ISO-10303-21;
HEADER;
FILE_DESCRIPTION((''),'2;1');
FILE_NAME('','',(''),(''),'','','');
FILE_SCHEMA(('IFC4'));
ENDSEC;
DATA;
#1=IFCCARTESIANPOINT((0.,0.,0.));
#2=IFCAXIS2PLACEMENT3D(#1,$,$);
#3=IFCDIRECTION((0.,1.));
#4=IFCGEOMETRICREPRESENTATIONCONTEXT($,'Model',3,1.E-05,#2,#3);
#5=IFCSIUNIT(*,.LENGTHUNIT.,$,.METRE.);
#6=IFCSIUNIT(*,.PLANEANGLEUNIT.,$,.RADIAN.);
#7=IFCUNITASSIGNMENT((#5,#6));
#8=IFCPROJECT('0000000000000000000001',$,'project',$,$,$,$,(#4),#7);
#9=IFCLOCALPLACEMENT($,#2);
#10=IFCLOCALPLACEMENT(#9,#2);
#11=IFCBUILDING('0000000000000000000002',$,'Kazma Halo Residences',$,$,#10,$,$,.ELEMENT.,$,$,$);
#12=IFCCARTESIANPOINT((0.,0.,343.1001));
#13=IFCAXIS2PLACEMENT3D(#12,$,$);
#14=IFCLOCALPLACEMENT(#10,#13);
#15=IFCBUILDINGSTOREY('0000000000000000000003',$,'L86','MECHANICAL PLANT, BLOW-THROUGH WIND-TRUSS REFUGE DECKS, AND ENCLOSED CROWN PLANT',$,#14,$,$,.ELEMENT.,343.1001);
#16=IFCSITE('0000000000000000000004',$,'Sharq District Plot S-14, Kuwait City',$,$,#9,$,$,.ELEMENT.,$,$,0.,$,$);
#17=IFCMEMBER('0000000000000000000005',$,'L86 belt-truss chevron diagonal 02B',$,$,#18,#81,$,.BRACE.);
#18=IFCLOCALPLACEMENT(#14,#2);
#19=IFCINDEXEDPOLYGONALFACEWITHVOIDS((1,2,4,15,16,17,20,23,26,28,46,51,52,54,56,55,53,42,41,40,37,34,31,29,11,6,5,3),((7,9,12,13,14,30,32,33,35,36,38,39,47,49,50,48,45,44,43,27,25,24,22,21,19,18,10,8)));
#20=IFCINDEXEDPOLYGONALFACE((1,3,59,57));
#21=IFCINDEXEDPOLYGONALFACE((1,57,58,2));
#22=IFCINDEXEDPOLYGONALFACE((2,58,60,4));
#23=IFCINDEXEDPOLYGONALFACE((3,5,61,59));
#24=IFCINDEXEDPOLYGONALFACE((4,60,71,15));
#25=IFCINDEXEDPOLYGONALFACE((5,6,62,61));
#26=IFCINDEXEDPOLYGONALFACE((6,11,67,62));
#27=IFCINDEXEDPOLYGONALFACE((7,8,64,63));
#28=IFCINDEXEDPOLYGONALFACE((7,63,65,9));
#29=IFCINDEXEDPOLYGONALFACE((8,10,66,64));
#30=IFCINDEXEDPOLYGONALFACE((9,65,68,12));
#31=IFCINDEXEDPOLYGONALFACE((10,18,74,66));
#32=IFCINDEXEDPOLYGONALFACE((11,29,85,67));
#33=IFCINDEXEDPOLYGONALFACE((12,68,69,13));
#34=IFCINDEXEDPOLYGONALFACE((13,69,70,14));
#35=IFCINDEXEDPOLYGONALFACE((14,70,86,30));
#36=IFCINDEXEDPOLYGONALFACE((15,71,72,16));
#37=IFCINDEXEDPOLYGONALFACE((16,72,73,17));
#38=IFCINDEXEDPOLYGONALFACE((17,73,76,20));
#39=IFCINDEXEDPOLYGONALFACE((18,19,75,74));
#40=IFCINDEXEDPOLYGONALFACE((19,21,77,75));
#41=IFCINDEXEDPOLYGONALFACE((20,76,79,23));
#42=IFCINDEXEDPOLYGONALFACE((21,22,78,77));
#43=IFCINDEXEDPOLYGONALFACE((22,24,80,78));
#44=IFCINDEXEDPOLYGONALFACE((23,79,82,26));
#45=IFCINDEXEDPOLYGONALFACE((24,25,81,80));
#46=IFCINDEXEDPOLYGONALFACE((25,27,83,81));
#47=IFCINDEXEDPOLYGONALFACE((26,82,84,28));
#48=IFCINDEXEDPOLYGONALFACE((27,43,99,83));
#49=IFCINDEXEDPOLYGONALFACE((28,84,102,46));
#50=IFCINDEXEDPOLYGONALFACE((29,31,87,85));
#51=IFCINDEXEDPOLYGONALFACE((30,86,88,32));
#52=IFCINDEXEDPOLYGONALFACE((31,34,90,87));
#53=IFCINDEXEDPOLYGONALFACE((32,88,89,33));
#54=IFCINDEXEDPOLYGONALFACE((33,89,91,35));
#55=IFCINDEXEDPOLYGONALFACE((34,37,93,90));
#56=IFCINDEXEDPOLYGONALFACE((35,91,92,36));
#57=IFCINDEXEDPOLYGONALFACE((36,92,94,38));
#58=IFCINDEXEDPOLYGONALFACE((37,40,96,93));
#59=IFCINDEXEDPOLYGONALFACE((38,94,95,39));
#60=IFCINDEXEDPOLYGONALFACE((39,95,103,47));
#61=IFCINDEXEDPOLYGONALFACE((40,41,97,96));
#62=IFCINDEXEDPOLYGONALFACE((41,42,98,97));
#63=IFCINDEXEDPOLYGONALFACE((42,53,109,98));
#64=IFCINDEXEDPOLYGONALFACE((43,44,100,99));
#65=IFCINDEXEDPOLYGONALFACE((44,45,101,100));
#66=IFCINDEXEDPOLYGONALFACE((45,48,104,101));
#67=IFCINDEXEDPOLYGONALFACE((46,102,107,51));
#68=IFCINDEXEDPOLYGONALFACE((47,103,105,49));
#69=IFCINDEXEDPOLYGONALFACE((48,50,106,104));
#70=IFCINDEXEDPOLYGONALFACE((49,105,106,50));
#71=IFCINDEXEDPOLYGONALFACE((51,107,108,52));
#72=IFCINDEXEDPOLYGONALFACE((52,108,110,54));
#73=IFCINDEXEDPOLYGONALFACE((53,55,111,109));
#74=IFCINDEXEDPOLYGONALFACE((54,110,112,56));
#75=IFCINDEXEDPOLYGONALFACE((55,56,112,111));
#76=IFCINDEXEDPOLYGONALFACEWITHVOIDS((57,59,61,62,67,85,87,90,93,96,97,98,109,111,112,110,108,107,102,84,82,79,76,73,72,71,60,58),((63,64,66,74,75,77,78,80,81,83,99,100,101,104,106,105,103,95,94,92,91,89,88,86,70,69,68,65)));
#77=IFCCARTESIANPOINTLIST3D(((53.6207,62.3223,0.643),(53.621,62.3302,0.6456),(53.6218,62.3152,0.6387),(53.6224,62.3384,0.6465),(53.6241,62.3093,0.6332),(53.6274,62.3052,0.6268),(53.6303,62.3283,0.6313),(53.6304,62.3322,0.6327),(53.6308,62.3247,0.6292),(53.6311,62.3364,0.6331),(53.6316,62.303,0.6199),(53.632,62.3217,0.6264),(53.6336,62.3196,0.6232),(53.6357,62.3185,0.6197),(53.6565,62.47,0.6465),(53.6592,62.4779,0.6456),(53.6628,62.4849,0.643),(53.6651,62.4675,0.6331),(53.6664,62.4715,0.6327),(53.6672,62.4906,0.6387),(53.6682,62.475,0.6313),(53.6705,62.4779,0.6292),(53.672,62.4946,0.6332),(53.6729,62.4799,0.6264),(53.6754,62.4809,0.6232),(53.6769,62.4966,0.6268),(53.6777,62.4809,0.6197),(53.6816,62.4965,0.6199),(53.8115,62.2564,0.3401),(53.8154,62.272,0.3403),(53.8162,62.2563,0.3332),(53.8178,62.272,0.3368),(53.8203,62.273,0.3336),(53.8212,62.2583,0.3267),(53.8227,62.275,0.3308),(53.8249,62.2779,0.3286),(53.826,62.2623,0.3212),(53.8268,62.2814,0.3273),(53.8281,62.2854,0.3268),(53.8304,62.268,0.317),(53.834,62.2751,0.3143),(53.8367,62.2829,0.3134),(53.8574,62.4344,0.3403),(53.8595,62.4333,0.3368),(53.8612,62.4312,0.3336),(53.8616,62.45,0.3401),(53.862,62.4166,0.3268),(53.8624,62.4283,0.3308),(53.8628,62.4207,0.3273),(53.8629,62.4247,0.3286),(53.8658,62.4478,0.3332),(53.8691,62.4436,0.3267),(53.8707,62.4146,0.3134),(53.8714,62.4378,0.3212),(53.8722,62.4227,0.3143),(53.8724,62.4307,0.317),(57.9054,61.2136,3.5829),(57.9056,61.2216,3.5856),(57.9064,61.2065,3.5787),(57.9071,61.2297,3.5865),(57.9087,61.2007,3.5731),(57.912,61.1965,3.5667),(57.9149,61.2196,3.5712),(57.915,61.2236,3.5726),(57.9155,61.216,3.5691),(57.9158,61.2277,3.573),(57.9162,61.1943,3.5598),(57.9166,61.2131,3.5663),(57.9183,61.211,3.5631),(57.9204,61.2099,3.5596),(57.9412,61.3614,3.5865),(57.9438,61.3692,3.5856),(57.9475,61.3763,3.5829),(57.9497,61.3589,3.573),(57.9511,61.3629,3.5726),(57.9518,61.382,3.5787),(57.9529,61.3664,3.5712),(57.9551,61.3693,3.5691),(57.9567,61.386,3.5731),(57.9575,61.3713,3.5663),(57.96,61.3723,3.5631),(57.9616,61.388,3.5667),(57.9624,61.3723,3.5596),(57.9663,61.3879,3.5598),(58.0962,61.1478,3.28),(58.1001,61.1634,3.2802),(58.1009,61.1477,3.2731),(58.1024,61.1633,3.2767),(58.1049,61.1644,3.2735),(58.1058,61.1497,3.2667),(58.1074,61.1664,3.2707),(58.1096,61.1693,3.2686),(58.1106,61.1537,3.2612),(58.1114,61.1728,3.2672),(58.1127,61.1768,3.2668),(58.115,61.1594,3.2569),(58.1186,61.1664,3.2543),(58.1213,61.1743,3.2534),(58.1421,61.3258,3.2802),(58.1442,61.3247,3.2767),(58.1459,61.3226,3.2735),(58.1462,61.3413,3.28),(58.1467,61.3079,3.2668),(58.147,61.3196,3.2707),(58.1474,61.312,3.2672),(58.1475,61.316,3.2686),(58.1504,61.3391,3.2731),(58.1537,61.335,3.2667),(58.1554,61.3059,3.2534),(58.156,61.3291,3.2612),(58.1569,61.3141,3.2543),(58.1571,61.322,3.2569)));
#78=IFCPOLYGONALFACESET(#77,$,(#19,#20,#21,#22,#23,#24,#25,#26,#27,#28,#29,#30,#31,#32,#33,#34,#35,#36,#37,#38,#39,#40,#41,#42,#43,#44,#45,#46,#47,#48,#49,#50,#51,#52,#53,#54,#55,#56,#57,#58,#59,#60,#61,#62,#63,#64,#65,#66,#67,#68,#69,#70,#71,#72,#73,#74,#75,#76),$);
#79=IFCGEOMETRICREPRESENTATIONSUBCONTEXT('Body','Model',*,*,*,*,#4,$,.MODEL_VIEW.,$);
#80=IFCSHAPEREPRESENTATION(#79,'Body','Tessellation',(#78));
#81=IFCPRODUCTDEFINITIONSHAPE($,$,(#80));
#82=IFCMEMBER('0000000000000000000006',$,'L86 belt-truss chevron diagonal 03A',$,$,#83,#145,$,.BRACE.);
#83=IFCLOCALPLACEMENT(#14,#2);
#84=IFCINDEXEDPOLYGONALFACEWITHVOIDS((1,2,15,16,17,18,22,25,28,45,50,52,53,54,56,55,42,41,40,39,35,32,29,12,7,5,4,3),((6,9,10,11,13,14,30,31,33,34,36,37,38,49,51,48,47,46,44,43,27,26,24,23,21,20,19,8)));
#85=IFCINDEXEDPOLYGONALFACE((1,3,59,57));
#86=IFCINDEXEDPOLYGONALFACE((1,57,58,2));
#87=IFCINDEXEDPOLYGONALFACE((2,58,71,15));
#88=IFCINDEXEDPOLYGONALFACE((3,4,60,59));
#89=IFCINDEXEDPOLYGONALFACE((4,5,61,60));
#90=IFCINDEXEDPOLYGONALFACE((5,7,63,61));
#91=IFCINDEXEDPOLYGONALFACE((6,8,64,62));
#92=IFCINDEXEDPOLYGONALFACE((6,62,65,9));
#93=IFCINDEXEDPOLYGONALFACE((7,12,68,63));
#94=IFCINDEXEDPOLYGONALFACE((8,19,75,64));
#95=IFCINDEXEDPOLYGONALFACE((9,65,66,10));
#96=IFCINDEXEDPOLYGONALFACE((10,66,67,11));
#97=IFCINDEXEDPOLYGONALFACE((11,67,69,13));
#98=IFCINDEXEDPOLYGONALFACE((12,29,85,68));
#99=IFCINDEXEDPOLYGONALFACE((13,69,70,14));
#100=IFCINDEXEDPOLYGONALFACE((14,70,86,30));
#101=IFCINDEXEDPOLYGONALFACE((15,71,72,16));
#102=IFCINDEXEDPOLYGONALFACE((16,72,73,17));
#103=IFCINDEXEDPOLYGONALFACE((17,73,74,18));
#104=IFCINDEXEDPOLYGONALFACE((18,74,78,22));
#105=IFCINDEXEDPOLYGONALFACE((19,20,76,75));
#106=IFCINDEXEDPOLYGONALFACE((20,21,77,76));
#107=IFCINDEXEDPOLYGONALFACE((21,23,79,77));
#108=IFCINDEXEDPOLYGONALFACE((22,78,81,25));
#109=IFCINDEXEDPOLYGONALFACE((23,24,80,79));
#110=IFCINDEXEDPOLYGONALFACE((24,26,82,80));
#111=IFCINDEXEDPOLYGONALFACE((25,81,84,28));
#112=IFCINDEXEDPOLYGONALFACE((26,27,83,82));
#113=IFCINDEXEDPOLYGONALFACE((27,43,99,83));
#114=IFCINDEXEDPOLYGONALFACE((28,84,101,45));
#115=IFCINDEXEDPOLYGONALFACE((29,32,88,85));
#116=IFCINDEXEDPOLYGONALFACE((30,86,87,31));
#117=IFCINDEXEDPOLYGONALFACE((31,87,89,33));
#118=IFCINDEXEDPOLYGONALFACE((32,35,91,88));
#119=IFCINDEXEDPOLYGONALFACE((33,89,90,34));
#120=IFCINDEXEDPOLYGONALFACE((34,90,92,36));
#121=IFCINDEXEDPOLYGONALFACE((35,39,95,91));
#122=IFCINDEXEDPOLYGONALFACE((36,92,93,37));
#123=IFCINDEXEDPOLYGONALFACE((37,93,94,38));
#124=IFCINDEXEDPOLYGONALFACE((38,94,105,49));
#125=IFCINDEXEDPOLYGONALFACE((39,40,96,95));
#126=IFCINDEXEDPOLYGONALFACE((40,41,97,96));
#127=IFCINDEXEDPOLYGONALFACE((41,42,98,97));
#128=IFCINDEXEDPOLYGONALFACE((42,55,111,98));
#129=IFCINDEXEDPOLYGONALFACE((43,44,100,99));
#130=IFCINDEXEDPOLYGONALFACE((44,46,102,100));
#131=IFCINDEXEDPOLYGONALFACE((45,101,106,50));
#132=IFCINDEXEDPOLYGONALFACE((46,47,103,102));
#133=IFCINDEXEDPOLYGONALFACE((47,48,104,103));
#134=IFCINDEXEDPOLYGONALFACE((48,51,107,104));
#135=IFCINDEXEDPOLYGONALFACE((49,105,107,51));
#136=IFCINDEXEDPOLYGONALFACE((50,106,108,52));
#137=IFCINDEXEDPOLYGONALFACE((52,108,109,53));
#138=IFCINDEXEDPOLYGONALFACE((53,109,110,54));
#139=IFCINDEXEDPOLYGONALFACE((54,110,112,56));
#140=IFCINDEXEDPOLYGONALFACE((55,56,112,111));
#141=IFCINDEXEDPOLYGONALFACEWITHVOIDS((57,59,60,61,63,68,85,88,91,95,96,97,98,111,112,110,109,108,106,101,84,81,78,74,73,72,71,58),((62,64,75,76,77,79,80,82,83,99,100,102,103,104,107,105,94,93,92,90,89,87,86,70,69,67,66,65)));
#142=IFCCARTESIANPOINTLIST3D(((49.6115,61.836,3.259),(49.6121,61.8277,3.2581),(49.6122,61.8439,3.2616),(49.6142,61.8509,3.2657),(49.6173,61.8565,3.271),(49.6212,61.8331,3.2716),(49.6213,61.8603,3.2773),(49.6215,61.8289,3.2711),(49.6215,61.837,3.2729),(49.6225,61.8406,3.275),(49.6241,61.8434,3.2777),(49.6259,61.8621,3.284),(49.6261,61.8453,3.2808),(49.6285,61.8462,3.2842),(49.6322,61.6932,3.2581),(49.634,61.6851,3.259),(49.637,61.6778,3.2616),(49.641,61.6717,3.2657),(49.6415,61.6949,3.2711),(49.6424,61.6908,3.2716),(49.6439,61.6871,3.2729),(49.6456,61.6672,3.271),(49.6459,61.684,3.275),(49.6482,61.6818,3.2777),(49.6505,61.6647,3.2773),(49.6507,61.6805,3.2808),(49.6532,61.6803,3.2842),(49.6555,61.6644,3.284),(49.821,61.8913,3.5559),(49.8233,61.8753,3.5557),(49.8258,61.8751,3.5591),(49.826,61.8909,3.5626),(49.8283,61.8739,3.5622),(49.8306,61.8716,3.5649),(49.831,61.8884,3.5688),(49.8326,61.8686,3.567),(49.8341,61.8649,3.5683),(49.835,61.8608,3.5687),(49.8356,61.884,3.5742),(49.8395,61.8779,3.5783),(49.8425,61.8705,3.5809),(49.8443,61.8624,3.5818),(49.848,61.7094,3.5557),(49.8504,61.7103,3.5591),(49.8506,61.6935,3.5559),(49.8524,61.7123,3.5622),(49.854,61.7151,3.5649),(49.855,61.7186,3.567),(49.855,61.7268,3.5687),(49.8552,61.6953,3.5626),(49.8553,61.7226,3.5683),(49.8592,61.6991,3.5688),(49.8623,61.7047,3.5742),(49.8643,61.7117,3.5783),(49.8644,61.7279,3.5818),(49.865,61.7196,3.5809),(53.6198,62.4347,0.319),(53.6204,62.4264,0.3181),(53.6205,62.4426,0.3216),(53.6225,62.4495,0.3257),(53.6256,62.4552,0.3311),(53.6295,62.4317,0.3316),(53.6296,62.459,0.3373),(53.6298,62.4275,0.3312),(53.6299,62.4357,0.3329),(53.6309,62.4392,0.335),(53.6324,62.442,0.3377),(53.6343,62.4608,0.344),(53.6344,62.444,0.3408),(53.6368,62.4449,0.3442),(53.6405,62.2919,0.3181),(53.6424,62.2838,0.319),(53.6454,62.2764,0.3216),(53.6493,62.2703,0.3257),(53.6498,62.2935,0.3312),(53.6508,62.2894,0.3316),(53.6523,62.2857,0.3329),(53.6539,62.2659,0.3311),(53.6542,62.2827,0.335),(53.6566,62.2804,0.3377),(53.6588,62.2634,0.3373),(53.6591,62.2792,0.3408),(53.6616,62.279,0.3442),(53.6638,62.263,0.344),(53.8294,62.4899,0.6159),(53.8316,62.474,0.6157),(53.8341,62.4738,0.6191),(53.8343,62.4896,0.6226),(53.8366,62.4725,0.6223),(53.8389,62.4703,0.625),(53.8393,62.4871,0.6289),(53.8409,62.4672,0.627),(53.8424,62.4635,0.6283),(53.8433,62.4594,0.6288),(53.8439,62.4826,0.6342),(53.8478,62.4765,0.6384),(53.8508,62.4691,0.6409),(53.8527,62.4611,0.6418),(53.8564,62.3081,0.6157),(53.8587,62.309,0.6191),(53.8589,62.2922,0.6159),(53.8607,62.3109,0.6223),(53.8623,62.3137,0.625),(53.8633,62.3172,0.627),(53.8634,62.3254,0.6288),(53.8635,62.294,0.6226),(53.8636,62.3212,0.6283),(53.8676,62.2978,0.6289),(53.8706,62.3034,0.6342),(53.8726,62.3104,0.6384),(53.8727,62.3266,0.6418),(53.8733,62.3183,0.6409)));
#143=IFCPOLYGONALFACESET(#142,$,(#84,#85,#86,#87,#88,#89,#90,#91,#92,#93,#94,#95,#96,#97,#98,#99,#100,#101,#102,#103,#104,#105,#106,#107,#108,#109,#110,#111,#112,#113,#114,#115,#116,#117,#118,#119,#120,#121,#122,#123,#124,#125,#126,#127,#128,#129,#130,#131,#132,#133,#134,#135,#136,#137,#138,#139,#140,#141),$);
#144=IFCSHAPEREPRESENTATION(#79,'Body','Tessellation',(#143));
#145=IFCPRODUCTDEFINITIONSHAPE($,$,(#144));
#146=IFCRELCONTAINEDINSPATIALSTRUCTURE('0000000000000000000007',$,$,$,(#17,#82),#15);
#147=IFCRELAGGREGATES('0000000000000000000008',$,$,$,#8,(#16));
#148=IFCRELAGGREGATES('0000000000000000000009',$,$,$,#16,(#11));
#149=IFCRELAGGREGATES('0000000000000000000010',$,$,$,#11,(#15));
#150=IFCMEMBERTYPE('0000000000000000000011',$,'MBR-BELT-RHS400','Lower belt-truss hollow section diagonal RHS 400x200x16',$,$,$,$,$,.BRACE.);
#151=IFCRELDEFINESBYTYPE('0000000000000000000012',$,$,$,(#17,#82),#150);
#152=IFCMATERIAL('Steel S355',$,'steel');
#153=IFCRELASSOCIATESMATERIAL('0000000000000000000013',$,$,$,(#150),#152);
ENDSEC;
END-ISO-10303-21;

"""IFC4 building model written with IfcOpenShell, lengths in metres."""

from ifc_helpers import new_model, si_unit, direction, frame, origin, origin_2d, place, context, subcontext, project, spatial, hollow_rectangle, extrude, material, material_profile, profile_set, type_object, element, save


model = new_model("IFC4")

# Units and contexts
model_context = context("Model", 3, precision=1e-05, world=origin(), true_north=direction((0.0, 1.0)))
body_context = subcontext(model_context, "Body", "Model", "MODEL_VIEW")
ifc_project = project(units=[si_unit("LENGTHUNIT", "METRE"), si_unit("PLANEANGLEUNIT", "RADIAN")], contexts=[model_context])

# Site, building, storey
site_placement = place(None, origin())
site = spatial("IfcSite", under=ifc_project, at=site_placement, Name="Sharq District Plot S-14, Kuwait City", CompositionType="ELEMENT", RefElevation=0.0)
building_placement = place(site_placement, origin())
building = spatial("IfcBuilding", under=site, at=building_placement, Name="Kazma Halo Residences", CompositionType="ELEMENT")
storey_placement = place(building_placement, frame((0.0, 0.0, 343.1001)))
storey = spatial("IfcBuildingStorey", under=building, at=storey_placement, Name="L86", Description="MECHANICAL PLANT, BLOW-THROUGH WIND-TRUSS REFUGE DECKS, AND ENCLOSED CROWN PLANT", CompositionType="ELEMENT", Elevation=343.1001)

# Shared definitions
ifc_material_1 = material(Name="Steel S355", Category="steel")

# Members
ifc_material_profile_1 = material_profile(ifc_material_1, hollow_rectangle(XDim=0.2, YDim=0.3999, WallThickness=0.0161, InnerFilletRadius=0.0161, OuterFilletRadius=0.032, at=origin_2d()), Name="RHS400x200x16")
ifc_profile_set_1 = profile_set([ifc_material_profile_1], Name="Steel S355")
member_type_1 = type_object("IfcMemberType", Name="MBR-BELT-RHS400", Description="Lower belt-truss hollow section diagonal RHS 400x200x16", PredefinedType="BRACE", material=ifc_profile_set_1)
member_1_placement = place(storey_placement, frame((53.7466, 62.3765, 0.48), z_axis=(0.80641, -0.208656, 0.553322), x_axis=(0.250497, 0.968117, 0.0)))
element("IfcMember", 1, at=member_1_placement, inside=storey, type_object=member_type_1, Name="L86 belt-truss chevron diagonal 02B", PredefinedType="BRACE", context=body_context, shape_type="SweptSolid", body=[
    extrude(hollow_rectangle(XDim=0.2, YDim=0.3999, WallThickness=0.0161, InnerFilletRadius=0.0161, OuterFilletRadius=0.032, at=origin_2d()), origin(), (0.0, 0.0, 1.0), 5.3132),
])
member_2_placement = place(storey_placement, frame((53.7466, 62.3765, 0.48), z_axis=(-0.800571, -0.119564, 0.587189), x_axis=(0.14771, -0.989031, 0.0)))
element("IfcMember", 2, at=member_2_placement, inside=storey, type_object=member_type_1, Name="L86 belt-truss chevron diagonal 03A", PredefinedType="BRACE", context=body_context, shape_type="SweptSolid", body=[
    extrude(hollow_rectangle(XDim=0.2, YDim=0.3999, WallThickness=0.0161, InnerFilletRadius=0.0161, OuterFilletRadius=0.032, at=origin_2d()), origin(), (0.0, 0.0, 1.0), 5.0068),
])

save(model, "model.ifc")
